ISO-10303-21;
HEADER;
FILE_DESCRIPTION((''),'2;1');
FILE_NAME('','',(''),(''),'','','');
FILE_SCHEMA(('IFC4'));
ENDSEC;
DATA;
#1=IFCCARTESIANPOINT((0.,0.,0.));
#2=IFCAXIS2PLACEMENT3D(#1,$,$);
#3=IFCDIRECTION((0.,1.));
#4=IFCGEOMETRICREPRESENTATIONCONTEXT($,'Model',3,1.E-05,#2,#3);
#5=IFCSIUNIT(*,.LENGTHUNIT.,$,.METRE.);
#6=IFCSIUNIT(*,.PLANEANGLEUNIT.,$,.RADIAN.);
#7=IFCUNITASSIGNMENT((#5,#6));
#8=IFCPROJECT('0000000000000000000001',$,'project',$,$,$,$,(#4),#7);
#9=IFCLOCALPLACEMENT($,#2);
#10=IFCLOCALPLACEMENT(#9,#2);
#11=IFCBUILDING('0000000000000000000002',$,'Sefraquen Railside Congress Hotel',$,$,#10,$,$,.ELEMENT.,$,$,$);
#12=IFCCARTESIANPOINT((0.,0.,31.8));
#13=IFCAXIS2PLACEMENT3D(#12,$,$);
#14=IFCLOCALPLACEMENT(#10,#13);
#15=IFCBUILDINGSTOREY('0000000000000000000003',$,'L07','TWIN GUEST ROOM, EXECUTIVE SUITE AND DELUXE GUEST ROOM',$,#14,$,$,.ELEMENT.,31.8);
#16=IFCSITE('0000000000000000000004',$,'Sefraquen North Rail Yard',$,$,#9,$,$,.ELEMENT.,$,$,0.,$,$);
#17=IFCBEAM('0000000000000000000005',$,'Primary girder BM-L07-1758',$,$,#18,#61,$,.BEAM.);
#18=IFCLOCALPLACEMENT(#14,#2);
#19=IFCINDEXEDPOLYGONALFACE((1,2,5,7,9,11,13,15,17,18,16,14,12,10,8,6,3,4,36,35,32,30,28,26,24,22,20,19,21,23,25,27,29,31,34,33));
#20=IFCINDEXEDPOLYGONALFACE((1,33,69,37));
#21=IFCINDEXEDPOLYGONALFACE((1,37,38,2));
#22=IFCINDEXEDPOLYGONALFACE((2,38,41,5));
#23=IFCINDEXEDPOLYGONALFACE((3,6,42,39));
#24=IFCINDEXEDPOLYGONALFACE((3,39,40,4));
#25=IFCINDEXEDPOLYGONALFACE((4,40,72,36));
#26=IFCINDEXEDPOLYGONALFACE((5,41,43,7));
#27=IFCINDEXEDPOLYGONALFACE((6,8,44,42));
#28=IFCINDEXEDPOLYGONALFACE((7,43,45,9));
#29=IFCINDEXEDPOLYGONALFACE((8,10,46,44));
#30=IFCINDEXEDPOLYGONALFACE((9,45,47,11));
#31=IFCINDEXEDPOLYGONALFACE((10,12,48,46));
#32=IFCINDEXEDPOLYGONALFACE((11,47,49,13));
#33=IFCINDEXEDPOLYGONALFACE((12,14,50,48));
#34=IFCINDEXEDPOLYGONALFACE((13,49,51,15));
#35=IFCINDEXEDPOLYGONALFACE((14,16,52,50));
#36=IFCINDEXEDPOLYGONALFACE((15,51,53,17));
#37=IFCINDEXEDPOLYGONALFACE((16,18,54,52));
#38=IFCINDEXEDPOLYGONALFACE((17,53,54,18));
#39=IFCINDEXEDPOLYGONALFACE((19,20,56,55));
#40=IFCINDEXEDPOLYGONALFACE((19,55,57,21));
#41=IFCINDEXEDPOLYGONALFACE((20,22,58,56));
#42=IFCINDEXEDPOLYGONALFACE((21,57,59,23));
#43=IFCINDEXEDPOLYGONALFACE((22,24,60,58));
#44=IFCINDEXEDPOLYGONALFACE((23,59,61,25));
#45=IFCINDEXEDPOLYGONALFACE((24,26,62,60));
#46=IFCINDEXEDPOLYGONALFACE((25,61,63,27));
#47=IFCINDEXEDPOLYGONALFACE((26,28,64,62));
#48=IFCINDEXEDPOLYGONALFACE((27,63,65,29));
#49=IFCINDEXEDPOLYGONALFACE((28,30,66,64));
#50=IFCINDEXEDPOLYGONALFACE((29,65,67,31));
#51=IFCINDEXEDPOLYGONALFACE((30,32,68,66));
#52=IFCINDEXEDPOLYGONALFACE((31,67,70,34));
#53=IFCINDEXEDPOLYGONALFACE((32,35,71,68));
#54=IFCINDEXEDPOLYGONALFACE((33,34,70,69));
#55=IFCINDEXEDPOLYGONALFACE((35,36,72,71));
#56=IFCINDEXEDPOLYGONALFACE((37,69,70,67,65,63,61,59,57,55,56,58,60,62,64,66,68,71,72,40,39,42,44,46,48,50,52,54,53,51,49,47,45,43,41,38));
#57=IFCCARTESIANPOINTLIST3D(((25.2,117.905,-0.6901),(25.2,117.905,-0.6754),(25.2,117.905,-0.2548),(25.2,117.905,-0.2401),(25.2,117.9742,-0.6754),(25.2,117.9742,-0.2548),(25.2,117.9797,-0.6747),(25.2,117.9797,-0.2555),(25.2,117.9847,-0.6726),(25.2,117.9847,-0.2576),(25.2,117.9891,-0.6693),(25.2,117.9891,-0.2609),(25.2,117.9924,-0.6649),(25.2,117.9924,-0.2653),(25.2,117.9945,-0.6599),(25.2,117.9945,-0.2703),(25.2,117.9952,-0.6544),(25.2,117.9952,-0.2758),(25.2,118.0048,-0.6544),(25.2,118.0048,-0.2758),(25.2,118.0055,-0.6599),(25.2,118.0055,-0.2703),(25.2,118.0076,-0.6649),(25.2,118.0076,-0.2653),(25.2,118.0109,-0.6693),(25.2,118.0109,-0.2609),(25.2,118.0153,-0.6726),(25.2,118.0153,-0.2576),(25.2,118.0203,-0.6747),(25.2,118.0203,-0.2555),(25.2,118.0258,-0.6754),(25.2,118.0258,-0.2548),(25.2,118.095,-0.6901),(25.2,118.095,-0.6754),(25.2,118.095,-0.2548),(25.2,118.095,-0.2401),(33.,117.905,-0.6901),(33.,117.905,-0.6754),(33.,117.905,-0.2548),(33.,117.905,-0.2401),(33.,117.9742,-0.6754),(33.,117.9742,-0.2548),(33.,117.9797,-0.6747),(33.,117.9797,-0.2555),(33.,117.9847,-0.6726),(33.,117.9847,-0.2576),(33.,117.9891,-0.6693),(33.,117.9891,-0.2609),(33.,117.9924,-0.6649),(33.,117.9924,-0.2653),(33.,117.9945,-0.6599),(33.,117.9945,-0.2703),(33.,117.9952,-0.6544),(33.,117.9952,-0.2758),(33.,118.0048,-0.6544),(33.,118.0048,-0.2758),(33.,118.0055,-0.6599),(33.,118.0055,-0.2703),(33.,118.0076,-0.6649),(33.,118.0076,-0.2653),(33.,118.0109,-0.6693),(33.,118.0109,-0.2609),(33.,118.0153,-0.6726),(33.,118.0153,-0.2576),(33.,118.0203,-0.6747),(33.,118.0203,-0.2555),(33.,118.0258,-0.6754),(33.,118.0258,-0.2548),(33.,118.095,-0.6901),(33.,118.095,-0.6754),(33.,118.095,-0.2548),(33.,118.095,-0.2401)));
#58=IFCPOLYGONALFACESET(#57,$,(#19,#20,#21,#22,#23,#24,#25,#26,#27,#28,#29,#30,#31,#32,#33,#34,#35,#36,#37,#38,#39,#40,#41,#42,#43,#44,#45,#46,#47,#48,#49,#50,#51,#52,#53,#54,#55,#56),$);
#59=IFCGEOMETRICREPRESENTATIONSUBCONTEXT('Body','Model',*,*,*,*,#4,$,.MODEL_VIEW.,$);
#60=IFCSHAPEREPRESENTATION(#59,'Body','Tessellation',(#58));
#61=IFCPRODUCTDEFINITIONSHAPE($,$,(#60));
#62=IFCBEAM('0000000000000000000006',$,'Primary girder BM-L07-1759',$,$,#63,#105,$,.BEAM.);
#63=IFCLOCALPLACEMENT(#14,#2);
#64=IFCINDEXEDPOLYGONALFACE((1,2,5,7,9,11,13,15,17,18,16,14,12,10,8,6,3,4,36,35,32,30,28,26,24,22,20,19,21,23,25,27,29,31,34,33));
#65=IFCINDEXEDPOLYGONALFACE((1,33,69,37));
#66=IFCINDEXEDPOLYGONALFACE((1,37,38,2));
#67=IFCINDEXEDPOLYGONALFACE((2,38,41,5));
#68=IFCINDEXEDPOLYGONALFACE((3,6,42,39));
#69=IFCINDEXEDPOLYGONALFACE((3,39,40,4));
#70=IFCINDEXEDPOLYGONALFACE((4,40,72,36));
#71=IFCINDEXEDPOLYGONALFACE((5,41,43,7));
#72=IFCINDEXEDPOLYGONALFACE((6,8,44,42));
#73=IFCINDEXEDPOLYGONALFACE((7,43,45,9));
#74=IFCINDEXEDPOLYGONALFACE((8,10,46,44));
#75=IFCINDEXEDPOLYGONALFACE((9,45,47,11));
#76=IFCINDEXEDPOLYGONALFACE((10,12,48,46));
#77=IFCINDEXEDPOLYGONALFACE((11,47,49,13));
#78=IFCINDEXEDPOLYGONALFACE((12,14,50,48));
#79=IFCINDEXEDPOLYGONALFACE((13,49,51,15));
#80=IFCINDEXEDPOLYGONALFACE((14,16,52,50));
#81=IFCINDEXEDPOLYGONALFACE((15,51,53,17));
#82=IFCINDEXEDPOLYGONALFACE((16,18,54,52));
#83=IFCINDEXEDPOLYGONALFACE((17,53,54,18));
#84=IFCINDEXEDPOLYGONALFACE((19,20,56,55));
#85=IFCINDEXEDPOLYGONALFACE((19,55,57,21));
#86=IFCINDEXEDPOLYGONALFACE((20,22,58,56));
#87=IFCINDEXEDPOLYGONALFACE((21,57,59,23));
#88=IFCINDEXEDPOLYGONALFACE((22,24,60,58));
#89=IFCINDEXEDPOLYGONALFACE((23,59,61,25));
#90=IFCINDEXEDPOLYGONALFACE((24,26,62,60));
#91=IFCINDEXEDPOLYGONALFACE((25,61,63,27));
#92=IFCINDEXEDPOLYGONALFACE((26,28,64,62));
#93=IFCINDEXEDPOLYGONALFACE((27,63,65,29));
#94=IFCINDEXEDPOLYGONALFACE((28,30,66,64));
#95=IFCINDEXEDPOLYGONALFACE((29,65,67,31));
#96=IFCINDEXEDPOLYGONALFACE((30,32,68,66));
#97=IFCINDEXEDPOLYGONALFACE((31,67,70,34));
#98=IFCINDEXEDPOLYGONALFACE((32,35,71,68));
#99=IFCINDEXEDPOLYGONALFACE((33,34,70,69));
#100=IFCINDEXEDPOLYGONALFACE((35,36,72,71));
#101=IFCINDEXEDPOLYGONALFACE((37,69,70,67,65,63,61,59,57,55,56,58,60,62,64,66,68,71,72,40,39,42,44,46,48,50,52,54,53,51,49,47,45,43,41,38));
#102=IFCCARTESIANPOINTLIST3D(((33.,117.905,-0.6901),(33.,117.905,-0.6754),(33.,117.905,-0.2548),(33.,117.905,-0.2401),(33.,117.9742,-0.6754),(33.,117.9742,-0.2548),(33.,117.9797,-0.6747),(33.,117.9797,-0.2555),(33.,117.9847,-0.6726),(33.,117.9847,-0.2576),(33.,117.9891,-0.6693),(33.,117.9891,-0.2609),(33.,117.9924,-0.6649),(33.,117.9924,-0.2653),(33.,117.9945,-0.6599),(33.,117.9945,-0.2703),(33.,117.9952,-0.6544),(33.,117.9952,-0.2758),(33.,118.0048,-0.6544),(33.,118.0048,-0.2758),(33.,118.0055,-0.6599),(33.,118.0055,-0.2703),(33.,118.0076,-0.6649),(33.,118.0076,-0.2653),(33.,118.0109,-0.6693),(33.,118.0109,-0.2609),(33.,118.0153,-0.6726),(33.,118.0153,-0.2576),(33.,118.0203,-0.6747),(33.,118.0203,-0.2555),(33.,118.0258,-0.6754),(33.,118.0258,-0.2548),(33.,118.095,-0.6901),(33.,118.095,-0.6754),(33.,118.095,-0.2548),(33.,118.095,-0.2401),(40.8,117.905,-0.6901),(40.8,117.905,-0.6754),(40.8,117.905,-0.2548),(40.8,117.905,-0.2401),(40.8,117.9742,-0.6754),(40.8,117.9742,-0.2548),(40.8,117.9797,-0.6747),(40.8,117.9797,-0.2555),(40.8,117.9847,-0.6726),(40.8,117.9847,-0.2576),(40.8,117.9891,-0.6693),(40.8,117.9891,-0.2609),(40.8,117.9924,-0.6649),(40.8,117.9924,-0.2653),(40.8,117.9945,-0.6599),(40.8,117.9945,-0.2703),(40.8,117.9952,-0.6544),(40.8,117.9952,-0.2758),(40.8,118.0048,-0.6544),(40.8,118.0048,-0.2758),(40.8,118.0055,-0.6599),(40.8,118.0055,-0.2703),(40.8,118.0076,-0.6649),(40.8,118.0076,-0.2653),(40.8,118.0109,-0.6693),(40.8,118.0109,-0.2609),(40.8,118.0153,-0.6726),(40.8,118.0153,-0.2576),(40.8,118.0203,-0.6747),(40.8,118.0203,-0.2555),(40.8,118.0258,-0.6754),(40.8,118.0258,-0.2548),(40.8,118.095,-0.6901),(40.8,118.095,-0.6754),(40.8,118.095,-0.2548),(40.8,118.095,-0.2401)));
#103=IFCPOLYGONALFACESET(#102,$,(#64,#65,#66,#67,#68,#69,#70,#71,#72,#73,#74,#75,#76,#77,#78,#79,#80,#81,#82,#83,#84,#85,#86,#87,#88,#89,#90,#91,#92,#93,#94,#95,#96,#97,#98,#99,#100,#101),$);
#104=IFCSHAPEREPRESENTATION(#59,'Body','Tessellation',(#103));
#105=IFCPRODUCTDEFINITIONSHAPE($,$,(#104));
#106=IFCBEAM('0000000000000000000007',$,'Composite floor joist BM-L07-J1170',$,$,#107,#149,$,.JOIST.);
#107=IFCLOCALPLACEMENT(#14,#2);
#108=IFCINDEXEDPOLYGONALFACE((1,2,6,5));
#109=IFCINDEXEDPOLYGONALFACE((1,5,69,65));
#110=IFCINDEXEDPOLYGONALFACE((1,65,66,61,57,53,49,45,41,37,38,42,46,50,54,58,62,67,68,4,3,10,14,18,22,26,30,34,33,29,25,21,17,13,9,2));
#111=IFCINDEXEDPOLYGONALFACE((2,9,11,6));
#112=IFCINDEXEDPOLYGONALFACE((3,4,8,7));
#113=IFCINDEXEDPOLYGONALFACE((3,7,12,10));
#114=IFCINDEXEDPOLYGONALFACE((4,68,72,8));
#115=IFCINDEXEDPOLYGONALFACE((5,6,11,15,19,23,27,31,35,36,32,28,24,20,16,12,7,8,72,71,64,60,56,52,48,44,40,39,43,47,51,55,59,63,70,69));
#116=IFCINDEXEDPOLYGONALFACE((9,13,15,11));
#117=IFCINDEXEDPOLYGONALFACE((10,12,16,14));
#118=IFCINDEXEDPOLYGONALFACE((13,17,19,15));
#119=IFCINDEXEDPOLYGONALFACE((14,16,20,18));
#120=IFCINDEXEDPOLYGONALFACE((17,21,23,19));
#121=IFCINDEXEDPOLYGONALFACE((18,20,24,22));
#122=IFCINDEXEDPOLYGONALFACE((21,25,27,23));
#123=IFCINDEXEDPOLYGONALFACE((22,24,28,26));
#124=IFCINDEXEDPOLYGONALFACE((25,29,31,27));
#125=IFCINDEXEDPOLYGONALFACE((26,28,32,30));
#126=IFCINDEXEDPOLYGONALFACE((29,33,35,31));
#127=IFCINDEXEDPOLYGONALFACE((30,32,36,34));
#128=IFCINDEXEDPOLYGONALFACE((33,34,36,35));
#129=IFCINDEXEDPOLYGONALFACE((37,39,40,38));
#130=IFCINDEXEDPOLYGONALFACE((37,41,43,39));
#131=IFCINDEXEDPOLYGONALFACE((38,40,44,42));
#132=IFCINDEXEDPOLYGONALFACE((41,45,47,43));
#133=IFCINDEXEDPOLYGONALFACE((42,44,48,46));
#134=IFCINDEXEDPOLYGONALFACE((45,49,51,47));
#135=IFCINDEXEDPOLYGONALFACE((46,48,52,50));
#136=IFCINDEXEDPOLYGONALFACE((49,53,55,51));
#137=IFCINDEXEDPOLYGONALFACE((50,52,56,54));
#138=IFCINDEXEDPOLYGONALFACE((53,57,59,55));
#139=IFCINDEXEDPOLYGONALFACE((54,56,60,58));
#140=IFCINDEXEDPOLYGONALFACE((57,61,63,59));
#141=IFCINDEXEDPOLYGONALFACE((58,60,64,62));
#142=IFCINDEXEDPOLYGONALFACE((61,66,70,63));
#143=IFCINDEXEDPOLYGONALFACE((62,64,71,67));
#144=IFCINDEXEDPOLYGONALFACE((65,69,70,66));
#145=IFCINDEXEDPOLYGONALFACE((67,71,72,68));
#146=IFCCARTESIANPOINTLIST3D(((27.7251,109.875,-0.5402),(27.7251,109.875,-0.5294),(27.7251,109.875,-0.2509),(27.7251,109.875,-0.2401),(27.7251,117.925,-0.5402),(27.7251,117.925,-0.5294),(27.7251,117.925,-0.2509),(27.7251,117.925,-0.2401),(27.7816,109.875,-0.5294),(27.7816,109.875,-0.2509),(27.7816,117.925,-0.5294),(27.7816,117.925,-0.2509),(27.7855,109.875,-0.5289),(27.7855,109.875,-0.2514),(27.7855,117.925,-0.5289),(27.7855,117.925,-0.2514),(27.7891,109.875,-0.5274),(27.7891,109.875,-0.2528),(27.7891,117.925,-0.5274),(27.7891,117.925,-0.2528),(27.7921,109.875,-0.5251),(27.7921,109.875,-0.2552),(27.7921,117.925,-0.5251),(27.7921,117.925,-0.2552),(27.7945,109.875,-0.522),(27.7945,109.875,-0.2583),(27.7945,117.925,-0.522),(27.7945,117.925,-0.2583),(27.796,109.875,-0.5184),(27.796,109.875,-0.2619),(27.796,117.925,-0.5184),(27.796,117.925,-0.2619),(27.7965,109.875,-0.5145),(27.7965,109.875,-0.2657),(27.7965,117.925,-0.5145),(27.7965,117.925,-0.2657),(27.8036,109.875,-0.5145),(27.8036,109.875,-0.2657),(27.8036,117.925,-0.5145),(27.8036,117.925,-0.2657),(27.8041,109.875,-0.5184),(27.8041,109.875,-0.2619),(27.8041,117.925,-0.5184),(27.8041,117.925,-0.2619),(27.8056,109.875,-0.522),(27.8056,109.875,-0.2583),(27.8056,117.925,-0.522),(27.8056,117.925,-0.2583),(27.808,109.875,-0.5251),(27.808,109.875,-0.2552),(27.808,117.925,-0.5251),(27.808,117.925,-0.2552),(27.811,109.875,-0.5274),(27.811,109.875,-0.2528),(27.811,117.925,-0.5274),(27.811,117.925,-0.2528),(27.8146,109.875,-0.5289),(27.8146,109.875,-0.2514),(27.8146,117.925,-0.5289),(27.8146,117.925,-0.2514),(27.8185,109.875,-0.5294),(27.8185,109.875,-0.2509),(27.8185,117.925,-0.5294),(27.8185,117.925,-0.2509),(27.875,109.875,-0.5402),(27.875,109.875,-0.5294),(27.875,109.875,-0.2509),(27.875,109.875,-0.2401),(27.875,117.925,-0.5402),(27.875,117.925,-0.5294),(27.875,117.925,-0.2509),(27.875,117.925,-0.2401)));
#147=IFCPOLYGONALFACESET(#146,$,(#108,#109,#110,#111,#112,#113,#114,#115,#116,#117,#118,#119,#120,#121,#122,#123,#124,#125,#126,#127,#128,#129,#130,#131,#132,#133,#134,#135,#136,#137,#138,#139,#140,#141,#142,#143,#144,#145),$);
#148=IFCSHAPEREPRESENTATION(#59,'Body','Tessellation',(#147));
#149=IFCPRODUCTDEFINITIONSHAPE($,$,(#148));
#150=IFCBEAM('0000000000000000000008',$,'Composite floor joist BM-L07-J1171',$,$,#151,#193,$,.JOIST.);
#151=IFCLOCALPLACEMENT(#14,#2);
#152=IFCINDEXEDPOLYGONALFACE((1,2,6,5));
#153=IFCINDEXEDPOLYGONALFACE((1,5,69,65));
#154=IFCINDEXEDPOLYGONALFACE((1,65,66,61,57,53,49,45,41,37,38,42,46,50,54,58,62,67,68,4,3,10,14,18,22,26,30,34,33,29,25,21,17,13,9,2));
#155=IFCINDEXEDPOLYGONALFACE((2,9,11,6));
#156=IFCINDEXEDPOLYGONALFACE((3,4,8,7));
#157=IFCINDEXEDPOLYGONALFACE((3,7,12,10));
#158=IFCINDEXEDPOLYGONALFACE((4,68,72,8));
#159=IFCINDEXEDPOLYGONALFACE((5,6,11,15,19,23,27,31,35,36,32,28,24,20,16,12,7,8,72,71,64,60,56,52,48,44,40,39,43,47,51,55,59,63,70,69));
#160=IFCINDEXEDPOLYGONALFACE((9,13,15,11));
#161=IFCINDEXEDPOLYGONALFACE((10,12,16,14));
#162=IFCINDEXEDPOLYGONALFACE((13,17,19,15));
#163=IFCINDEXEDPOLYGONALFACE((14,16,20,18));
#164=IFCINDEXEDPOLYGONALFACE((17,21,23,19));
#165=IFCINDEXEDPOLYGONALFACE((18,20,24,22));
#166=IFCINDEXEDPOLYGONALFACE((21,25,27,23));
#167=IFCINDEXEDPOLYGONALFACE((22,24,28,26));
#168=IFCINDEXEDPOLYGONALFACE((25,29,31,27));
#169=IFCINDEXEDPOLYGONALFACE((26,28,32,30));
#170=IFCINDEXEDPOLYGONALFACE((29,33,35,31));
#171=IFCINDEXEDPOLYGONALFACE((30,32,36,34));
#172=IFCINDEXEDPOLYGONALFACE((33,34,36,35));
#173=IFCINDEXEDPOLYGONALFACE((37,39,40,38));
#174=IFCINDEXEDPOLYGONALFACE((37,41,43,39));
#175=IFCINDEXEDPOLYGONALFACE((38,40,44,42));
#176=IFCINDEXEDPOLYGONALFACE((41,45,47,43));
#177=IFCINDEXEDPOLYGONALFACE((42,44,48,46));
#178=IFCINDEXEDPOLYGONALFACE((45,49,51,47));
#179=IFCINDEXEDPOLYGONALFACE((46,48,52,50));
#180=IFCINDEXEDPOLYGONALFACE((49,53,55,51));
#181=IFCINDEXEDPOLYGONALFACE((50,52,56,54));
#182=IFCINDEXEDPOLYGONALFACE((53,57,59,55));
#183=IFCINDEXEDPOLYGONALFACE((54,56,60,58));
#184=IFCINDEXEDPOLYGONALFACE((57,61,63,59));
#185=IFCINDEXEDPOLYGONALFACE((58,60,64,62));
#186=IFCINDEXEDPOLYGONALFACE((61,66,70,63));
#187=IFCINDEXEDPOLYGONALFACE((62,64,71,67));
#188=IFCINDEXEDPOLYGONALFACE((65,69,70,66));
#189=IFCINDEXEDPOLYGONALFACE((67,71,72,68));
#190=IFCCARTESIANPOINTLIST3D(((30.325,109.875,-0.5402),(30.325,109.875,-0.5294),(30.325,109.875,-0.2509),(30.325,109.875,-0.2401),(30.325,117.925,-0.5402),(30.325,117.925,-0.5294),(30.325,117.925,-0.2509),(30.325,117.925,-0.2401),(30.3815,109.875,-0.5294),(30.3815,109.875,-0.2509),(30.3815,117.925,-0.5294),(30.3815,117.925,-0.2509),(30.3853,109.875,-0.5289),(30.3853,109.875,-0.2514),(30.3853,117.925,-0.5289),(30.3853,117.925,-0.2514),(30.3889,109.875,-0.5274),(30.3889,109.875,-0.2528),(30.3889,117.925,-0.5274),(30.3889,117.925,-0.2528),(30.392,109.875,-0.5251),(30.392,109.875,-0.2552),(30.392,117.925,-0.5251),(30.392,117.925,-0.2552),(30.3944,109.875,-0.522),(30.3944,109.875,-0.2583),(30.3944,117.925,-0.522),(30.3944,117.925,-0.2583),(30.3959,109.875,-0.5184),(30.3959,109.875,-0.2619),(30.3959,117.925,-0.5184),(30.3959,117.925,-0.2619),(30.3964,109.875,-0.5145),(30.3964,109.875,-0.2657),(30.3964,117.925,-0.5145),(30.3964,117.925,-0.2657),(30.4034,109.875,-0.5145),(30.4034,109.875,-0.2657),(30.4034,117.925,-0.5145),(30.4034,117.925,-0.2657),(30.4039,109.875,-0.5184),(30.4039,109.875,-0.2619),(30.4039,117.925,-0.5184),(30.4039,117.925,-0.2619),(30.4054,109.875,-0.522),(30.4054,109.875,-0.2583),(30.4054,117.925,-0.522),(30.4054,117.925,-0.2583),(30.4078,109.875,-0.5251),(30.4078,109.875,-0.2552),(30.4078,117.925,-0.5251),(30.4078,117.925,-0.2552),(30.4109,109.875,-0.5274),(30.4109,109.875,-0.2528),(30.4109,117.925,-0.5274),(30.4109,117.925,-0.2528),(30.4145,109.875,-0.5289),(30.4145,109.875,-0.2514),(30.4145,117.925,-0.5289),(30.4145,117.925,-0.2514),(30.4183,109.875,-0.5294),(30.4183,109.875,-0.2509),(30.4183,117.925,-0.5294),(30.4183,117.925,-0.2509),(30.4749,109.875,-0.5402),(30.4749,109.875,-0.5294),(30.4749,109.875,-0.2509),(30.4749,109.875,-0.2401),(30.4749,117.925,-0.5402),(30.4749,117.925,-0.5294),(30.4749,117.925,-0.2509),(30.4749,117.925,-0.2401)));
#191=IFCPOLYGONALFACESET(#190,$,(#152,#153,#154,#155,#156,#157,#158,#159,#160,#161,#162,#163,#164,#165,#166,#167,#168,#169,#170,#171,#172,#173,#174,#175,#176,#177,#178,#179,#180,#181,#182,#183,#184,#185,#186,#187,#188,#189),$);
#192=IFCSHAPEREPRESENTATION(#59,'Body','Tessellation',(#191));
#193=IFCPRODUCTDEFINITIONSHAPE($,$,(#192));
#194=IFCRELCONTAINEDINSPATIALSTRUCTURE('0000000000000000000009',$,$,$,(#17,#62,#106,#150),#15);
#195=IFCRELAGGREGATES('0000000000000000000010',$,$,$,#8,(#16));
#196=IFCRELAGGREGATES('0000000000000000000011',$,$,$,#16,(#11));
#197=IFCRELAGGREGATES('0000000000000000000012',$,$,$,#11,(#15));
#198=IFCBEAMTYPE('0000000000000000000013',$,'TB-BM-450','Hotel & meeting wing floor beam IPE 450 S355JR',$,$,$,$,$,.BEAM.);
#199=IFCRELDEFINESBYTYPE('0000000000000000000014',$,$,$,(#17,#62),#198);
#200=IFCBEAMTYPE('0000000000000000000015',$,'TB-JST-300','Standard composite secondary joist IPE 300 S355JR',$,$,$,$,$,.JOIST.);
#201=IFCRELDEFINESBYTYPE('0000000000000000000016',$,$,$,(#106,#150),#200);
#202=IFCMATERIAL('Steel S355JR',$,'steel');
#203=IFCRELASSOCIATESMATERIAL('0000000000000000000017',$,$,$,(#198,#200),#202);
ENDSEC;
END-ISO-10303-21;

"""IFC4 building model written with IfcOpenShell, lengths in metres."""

from ifc_helpers import new_model, si_unit, direction, frame, origin, origin_2d, place, context, subcontext, project, spatial, i_section, extrude, material, material_profile, profile_set, type_object, element, save


model = new_model("IFC4")

# Units and contexts
model_context = context("Model", 3, precision=1e-05, world=origin(), true_north=direction((0.0, 1.0)))
body_context = subcontext(model_context, "Body", "Model", "MODEL_VIEW")
ifc_project = project(units=[si_unit("LENGTHUNIT", "METRE"), si_unit("PLANEANGLEUNIT", "RADIAN")], contexts=[model_context])

# Site, building, storey
site_placement = place(None, origin())
site = spatial("IfcSite", under=ifc_project, at=site_placement, Name="Sefraquen North Rail Yard", CompositionType="ELEMENT", RefElevation=0.0)
building_placement = place(site_placement, origin())
building = spatial("IfcBuilding", under=site, at=building_placement, Name="Sefraquen Railside Congress Hotel", CompositionType="ELEMENT")
storey_placement = place(building_placement, frame((0.0, 0.0, 31.8)))
storey = spatial("IfcBuildingStorey", under=building, at=storey_placement, Name="L07", Description="TWIN GUEST ROOM, EXECUTIVE SUITE AND DELUXE GUEST ROOM", CompositionType="ELEMENT", Elevation=31.8)

# Shared definitions
ifc_material_1 = material(Name="Steel S355JR", Category="steel")

# Beams
ifc_material_profile_1 = material_profile(ifc_material_1, i_section(OverallWidth=0.1899, OverallDepth=0.45, WebThickness=0.0095, FlangeThickness=0.0146, FilletRadius=0.021, at=origin_2d()), Name="IPE 450")
ifc_profile_set_1 = profile_set([ifc_material_profile_1], Name="Steel S355JR")
beam_type_1 = type_object("IfcBeamType", Name="TB-BM-450", Description="Hotel & meeting wing floor beam IPE 450 S355JR", PredefinedType="BEAM", material=ifc_profile_set_1)
for number, where, z_axis, x_axis, name in (
    (1, (25.2, 118.0, -0.4651), (1.0, 0.0, 0.0), (0.0, 1.0, 0.0), "Primary girder BM-L07-1758"),
    (2, (33.0, 118.0, -0.4651), (1.0, 0.0, 0.0), (0.0, 1.0, 0.0), "Primary girder BM-L07-1759"),
):
    element("IfcBeam", number, at=place(storey_placement, frame(where, z_axis=z_axis, x_axis=x_axis)), inside=storey, type_object=beam_type_1, Name=name, PredefinedType="BEAM", context=body_context, shape_type="SweptSolid", body=[
        extrude(i_section(OverallWidth=0.1899, OverallDepth=0.45, WebThickness=0.0095, FlangeThickness=0.0146, FilletRadius=0.021, at=origin_2d()), origin(), (0.0, 0.0, 1.0), 7.8),
    ])
ifc_material_profile_2 = material_profile(ifc_material_1, i_section(OverallWidth=0.1499, OverallDepth=0.3, WebThickness=0.0071, FlangeThickness=0.0107, FilletRadius=0.0149, at=origin_2d()), Name="IPE 300")
ifc_profile_set_2 = profile_set([ifc_material_profile_2], Name="Steel S355JR")
beam_type_2 = type_object("IfcBeamType", Name="TB-JST-300", Description="Standard composite secondary joist IPE 300 S355JR", PredefinedType="JOIST", material=ifc_profile_set_2)
for number, where, z_axis, x_axis, name in (
    (3, (27.8, 109.875, -0.3901), (0.0, 1.0, 0.0), (-1.0, 0.0, 0.0), "Composite floor joist BM-L07-J1170"),
    (4, (30.3999, 109.875, -0.3901), (0.0, 1.0, 0.0), (-1.0, 0.0, 0.0), "Composite floor joist BM-L07-J1171"),
):
    element("IfcBeam", number, at=place(storey_placement, frame(where, z_axis=z_axis, x_axis=x_axis)), inside=storey, type_object=beam_type_2, Name=name, PredefinedType="JOIST", context=body_context, shape_type="SweptSolid", body=[
        extrude(i_section(OverallWidth=0.1499, OverallDepth=0.3, WebThickness=0.0071, FlangeThickness=0.0107, FilletRadius=0.0149, at=origin_2d()), origin(), (0.0, 0.0, 1.0), 8.05),
    ])

save(model, "model.ifc")
